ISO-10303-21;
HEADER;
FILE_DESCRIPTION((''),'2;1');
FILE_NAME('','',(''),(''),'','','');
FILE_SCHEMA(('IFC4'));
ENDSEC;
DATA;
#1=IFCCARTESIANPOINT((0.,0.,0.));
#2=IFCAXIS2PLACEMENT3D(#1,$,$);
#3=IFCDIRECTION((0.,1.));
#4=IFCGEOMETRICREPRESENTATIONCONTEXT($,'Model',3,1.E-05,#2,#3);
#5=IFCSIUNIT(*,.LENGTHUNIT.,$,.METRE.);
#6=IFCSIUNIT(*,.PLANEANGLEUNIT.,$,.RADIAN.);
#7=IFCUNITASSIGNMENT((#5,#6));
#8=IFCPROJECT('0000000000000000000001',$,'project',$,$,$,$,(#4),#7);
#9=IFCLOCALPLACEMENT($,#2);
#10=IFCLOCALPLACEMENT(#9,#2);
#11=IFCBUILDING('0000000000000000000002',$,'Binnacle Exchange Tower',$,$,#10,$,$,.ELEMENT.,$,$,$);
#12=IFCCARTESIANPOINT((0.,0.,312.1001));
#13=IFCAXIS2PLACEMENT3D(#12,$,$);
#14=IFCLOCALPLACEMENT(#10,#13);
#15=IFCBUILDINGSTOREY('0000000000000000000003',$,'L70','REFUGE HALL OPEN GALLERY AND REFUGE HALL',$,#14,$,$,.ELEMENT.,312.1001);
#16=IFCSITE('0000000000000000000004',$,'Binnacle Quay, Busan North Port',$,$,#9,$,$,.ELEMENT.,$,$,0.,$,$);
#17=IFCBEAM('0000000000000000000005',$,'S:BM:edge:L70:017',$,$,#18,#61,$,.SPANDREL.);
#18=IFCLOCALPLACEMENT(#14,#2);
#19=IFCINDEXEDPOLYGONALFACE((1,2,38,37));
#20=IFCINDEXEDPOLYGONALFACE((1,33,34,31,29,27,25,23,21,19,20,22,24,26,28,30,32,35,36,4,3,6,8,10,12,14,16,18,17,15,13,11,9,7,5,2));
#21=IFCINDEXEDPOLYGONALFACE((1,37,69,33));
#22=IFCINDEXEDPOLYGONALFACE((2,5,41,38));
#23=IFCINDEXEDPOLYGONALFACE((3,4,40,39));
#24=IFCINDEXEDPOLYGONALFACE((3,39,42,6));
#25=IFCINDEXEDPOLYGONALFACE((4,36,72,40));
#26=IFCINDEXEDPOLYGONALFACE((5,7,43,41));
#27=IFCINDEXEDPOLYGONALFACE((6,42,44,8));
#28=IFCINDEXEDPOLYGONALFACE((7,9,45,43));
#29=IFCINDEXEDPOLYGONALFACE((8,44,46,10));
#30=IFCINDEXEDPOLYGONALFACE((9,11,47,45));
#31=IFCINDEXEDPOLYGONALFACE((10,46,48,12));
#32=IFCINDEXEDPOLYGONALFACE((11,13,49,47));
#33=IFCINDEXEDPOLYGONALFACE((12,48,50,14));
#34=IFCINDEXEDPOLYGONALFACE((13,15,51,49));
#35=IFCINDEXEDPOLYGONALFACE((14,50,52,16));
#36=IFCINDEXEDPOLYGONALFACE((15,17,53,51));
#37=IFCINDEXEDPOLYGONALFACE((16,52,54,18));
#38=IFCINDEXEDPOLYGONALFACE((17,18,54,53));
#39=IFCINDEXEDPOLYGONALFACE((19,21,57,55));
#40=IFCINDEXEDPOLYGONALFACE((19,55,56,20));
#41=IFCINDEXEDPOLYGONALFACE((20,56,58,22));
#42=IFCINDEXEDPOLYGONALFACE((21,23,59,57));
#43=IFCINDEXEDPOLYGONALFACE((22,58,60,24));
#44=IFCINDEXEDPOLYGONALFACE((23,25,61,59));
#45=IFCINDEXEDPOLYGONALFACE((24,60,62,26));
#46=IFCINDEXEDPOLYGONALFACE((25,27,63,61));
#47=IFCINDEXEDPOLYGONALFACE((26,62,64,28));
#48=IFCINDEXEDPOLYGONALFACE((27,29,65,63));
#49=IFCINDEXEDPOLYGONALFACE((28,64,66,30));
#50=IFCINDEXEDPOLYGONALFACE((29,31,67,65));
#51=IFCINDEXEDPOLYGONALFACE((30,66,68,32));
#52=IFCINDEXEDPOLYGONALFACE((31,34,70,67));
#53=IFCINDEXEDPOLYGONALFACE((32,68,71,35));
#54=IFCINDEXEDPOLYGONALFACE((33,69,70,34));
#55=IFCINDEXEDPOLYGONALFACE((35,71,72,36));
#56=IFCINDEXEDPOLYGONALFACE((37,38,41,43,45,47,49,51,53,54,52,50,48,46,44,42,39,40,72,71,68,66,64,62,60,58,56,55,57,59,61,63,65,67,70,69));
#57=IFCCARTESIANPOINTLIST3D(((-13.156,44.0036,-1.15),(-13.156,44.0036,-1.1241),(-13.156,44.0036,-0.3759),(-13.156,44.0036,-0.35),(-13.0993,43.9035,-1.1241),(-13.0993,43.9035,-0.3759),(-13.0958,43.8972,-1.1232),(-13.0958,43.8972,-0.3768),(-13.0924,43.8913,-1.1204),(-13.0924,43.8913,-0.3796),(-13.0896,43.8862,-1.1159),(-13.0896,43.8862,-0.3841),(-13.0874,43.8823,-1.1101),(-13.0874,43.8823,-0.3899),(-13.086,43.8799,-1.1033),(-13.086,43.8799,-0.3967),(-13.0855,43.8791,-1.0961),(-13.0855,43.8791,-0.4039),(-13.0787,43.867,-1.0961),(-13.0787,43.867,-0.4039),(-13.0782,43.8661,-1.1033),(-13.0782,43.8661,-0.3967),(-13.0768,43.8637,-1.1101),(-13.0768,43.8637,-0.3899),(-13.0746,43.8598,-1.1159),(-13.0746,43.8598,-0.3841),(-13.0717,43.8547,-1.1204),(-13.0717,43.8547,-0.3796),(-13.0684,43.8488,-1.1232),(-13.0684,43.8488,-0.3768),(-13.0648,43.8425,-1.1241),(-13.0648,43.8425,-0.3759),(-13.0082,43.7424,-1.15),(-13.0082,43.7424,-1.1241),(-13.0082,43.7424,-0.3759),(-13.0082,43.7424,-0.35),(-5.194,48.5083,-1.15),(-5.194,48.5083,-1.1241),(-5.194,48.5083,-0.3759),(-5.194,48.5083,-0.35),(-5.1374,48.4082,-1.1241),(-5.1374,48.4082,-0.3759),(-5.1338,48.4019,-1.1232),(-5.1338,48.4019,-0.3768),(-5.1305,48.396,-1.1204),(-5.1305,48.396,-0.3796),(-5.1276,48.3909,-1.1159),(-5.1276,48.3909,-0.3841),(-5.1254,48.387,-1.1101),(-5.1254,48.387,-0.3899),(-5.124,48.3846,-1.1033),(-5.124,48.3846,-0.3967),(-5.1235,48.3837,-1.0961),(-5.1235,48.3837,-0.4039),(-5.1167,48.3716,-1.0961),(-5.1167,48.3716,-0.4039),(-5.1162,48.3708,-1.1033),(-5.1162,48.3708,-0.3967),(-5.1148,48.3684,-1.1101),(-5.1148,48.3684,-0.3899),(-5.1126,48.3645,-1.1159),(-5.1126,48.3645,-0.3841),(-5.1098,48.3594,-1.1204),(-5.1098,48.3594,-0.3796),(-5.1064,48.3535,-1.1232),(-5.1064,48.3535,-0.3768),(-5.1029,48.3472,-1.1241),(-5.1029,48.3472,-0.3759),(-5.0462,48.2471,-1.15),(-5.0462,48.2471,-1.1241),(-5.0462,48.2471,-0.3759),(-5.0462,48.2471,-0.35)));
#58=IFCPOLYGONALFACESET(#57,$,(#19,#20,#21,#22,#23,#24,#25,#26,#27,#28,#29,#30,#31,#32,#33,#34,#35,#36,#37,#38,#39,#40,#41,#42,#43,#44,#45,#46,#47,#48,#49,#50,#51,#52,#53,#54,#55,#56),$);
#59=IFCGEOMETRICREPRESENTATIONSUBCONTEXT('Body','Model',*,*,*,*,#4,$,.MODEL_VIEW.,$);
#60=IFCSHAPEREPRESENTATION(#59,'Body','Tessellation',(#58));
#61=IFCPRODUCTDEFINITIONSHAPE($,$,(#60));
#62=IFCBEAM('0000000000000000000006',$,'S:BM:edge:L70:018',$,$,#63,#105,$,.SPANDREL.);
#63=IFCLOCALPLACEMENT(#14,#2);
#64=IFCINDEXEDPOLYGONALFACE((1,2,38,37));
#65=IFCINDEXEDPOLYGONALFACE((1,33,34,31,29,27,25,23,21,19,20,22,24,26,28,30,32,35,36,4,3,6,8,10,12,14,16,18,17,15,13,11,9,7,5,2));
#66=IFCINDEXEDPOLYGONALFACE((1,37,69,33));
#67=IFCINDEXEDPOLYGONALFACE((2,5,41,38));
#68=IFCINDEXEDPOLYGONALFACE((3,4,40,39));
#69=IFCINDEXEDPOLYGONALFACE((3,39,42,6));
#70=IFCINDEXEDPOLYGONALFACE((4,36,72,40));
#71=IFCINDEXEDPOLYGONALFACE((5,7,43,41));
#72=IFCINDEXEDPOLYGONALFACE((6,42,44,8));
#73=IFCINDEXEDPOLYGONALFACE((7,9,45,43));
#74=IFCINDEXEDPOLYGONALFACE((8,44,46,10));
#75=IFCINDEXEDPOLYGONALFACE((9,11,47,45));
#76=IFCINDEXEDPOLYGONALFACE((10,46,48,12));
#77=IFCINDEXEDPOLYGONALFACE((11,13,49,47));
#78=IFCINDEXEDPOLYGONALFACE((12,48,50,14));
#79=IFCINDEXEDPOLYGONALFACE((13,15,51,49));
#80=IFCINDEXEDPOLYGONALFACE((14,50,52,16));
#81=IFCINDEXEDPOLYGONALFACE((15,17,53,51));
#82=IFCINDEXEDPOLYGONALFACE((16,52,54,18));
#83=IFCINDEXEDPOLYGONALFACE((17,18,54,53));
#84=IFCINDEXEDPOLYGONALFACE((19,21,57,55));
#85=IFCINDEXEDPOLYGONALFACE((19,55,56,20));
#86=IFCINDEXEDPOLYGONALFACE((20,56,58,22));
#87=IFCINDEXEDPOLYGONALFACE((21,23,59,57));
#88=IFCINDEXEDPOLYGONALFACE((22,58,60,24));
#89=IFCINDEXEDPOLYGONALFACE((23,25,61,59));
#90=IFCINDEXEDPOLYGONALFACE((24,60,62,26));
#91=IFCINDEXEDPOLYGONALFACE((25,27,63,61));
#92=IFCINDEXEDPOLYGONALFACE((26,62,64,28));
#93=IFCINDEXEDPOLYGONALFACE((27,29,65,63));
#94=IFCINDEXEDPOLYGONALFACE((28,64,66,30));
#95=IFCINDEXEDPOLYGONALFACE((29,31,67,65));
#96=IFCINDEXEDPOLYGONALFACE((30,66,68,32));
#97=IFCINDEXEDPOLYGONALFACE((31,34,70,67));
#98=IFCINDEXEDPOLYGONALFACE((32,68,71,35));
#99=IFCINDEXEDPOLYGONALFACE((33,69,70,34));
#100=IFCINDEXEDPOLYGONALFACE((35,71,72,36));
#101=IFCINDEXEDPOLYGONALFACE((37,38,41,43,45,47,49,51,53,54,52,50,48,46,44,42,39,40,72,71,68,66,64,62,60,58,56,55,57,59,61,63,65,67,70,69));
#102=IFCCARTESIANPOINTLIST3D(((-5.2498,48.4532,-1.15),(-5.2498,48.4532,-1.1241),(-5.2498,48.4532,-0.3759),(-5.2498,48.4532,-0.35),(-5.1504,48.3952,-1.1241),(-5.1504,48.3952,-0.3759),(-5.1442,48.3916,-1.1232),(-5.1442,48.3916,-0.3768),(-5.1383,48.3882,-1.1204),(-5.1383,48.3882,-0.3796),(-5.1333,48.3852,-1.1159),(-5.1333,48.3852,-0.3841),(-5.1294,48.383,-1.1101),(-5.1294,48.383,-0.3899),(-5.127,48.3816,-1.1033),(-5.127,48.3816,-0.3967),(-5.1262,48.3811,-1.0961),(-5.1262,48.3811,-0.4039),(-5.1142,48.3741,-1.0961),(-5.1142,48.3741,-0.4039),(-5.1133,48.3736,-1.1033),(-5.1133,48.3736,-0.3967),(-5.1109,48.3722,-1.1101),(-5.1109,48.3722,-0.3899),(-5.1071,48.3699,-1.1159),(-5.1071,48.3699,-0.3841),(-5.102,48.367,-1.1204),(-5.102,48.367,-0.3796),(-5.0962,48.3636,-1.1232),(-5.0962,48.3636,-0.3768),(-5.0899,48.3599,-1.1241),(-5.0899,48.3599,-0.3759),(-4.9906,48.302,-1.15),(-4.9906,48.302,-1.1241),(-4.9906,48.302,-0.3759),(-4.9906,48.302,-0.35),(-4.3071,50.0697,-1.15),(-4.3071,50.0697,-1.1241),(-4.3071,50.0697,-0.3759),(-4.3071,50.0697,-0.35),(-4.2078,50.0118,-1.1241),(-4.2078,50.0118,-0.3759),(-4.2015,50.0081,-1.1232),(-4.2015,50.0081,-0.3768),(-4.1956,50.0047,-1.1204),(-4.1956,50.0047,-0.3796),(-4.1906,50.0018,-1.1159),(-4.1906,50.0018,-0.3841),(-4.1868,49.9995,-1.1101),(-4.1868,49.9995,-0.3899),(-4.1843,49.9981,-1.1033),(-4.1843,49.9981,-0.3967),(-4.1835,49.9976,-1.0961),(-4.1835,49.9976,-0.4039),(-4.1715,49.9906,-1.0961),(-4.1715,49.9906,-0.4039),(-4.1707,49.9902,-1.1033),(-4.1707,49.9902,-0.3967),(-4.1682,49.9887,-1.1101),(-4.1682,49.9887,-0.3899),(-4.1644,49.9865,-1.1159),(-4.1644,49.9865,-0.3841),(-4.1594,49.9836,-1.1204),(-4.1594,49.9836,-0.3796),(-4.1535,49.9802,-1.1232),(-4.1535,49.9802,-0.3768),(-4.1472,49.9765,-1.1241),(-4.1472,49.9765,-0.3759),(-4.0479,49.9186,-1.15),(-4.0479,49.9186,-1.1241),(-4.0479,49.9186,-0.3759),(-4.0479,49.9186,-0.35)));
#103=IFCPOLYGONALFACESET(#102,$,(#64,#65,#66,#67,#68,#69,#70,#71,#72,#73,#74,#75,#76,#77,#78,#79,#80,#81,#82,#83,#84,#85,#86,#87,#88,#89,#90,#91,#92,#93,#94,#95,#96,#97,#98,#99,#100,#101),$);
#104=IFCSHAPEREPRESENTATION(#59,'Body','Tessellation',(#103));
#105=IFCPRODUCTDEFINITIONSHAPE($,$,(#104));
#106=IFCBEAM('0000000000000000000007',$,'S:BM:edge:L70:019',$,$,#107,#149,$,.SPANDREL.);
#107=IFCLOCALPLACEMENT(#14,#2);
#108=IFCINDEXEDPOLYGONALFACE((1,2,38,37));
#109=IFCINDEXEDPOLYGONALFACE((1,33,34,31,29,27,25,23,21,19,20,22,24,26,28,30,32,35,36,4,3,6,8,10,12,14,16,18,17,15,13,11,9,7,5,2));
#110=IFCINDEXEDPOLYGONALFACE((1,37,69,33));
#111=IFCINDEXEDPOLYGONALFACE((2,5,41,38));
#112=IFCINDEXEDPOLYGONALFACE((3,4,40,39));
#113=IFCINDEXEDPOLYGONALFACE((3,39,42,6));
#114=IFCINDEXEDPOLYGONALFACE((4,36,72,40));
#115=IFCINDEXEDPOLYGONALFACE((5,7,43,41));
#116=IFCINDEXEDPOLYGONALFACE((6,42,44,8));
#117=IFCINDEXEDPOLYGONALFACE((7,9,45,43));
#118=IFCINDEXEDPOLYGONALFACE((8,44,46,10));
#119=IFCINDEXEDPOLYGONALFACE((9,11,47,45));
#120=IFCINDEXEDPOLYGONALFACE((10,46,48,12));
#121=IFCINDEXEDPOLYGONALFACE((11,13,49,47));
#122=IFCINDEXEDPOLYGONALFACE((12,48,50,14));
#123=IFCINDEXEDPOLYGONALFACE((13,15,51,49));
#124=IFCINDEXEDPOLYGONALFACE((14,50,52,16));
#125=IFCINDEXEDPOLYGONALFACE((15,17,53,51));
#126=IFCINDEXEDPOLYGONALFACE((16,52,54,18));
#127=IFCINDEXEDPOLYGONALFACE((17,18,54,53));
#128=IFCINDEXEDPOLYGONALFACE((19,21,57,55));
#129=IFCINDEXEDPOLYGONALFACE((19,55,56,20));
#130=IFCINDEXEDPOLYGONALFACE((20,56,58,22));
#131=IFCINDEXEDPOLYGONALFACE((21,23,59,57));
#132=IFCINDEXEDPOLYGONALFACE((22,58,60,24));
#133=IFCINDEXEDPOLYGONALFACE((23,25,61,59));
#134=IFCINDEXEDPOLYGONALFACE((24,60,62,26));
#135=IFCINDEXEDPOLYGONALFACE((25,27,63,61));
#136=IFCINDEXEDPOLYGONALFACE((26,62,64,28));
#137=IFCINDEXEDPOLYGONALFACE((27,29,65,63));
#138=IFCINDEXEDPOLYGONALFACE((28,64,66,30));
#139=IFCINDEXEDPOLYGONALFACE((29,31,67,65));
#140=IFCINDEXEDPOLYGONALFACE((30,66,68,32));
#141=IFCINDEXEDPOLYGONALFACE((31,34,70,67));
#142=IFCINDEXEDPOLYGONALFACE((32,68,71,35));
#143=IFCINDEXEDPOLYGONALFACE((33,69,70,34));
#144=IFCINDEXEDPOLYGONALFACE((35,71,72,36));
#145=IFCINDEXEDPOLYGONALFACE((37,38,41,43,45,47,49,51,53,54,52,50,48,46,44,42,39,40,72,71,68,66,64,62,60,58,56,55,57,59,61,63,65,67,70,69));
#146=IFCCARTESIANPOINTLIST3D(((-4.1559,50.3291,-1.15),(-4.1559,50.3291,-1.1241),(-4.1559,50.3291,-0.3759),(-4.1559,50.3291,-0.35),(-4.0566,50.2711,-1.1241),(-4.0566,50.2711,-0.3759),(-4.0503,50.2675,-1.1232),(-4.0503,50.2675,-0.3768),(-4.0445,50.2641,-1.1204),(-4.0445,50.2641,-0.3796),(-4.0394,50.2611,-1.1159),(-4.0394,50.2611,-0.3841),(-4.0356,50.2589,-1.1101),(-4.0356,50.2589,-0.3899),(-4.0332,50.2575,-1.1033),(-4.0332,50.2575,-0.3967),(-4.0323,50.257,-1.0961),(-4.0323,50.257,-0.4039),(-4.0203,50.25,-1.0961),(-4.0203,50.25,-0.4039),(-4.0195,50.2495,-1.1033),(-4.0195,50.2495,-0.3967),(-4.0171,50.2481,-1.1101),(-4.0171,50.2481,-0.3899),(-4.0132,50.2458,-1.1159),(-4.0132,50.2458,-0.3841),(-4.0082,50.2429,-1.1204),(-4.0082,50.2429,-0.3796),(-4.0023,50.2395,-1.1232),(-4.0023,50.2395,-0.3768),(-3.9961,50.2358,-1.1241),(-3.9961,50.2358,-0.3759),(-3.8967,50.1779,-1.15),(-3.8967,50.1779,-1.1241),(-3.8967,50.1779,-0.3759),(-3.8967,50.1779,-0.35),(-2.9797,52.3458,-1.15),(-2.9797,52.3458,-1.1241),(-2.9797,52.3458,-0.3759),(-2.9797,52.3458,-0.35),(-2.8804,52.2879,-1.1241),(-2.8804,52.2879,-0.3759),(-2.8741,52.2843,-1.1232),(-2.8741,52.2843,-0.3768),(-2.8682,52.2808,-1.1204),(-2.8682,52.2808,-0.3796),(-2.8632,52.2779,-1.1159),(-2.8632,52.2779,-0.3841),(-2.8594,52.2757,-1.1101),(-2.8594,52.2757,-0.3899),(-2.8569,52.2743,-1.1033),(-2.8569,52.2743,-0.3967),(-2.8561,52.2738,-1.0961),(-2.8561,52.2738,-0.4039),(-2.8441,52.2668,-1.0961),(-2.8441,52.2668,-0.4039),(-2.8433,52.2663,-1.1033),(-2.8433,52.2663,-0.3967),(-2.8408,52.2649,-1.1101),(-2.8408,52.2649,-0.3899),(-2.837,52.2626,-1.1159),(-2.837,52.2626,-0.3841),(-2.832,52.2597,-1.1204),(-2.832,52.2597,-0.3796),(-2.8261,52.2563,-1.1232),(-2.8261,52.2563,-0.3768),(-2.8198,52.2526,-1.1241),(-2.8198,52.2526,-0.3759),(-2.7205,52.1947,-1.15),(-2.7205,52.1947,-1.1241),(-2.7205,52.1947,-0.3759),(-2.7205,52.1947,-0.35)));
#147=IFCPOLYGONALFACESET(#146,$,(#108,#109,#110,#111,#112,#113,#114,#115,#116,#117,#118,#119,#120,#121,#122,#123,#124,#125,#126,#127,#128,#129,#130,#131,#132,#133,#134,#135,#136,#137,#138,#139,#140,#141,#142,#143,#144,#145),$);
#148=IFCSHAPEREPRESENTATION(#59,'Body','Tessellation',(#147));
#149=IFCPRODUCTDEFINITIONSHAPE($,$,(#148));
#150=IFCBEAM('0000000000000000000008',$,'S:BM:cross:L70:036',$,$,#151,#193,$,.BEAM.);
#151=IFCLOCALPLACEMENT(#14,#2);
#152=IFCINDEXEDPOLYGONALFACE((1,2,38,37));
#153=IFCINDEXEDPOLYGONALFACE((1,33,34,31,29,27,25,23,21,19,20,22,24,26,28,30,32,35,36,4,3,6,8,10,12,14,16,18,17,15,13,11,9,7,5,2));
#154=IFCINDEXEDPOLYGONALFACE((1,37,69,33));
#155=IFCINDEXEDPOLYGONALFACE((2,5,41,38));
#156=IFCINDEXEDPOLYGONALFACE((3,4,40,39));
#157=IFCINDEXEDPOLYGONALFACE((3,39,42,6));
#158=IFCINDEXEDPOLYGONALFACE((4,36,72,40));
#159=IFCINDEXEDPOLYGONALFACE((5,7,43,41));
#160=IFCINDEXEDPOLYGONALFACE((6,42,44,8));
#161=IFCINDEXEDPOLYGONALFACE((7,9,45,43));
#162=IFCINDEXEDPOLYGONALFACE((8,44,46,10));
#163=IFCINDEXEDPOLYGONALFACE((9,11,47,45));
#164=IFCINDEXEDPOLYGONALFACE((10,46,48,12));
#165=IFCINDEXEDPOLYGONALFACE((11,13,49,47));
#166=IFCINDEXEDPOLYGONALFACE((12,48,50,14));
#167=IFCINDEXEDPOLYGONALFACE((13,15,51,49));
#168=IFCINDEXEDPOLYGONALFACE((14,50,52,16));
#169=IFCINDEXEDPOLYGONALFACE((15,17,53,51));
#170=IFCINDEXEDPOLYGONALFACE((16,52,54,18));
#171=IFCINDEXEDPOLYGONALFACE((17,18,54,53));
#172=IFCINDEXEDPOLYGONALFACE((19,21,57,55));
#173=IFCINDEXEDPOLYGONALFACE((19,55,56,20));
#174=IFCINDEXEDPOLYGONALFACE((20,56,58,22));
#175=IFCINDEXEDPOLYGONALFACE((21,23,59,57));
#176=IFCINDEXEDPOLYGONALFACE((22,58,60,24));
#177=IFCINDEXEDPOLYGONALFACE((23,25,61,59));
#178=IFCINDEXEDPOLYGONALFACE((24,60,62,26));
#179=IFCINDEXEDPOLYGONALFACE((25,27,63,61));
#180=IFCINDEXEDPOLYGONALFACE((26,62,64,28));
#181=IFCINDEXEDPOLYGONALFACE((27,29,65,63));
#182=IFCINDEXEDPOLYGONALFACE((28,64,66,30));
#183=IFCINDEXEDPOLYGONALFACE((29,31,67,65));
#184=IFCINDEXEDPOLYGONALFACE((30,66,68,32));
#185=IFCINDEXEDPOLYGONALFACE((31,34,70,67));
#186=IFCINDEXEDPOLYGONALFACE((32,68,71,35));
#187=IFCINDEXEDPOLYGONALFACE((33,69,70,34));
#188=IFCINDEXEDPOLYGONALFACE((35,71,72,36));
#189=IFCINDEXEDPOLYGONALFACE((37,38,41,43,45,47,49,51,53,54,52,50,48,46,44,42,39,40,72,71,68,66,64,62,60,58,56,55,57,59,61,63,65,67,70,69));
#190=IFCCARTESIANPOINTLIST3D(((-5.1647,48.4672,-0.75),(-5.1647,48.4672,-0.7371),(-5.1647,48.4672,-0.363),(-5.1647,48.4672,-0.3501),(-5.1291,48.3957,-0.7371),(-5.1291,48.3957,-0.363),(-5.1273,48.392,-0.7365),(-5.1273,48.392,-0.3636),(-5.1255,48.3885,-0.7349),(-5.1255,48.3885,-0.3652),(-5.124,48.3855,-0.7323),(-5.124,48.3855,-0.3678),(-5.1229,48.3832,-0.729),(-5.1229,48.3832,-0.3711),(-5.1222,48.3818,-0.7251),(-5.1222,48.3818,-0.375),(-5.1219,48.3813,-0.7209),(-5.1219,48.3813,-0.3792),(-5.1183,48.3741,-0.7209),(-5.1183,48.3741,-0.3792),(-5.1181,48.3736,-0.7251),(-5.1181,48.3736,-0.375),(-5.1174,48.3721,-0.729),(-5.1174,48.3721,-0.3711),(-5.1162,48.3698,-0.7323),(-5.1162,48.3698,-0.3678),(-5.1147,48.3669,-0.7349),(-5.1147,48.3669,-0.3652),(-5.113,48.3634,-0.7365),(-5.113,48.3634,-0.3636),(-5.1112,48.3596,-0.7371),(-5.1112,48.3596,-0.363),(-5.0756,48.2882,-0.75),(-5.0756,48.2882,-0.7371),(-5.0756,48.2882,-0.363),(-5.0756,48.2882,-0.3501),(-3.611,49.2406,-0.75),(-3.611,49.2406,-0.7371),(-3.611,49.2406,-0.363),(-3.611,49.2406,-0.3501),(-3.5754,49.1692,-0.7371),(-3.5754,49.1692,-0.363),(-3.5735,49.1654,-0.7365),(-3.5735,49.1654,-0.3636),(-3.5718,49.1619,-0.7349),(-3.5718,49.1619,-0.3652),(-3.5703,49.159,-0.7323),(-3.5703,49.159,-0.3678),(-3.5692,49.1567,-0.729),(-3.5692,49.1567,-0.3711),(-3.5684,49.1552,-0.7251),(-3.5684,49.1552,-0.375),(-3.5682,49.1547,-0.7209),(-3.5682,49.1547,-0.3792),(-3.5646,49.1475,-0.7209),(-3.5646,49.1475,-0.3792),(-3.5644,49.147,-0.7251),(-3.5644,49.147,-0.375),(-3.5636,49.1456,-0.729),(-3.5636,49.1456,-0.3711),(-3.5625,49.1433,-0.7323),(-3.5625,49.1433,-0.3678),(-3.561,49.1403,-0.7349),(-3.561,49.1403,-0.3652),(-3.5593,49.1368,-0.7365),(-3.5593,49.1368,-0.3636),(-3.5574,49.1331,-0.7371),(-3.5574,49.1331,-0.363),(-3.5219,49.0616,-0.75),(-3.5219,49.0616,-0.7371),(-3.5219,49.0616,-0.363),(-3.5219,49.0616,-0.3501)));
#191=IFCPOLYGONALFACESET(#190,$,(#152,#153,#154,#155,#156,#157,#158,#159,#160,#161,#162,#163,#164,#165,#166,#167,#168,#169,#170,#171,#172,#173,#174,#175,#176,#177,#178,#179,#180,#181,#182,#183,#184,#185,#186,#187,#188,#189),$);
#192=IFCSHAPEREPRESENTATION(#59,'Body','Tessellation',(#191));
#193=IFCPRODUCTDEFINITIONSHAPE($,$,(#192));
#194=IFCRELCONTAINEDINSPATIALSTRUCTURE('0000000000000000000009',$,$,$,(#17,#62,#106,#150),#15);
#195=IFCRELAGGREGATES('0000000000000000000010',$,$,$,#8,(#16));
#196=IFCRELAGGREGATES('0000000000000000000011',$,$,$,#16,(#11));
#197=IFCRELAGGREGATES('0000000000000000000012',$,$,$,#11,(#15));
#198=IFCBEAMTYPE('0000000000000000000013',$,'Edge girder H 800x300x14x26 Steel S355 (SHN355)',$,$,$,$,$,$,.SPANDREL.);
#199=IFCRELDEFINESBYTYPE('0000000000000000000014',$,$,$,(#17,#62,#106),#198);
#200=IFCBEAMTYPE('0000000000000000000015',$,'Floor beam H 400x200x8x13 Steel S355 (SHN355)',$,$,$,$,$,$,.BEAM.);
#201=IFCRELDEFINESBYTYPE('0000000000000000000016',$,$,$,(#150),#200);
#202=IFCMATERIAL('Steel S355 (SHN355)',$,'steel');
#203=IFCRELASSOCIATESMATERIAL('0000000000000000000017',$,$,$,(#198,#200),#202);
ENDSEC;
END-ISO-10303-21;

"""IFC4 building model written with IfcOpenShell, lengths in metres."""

from ifc_helpers import new_model, si_unit, direction, frame, origin, origin_2d, place, context, subcontext, project, spatial, i_section, extrude, material, material_profile, profile_set, type_object, element, save


model = new_model("IFC4")

# Units and contexts
model_context = context("Model", 3, precision=1e-05, world=origin(), true_north=direction((0.0, 1.0)))
body_context = subcontext(model_context, "Body", "Model", "MODEL_VIEW")
ifc_project = project(units=[si_unit("LENGTHUNIT", "METRE"), si_unit("PLANEANGLEUNIT", "RADIAN")], contexts=[model_context])

# Site, building, storey
site_placement = place(None, origin())
site = spatial("IfcSite", under=ifc_project, at=site_placement, Name="Binnacle Quay, Busan North Port", CompositionType="ELEMENT", RefElevation=0.0)
building_placement = place(site_placement, origin())
building = spatial("IfcBuilding", under=site, at=building_placement, Name="Binnacle Exchange Tower", CompositionType="ELEMENT")
storey_placement = place(building_placement, frame((0.0, 0.0, 312.1001)))
storey = spatial("IfcBuildingStorey", under=building, at=storey_placement, Name="L70", Description="REFUGE HALL OPEN GALLERY AND REFUGE HALL", CompositionType="ELEMENT", Elevation=312.1001)

# Shared definitions
ifc_material_1 = material(Name="Steel S355 (SHN355)", Category="steel")

# Beams
ifc_material_profile_1 = material_profile(ifc_material_1, i_section(OverallWidth=0.3, OverallDepth=0.8, WebThickness=0.0139, FlangeThickness=0.0259, FilletRadius=0.0281, at=origin_2d()), Name="H 800x300x14x26")
ifc_profile_set_1 = profile_set([ifc_material_profile_1], Name="Steel S355 (SHN355)")
beam_type_1 = type_object("IfcBeamType", Name="Edge girder H 800x300x14x26 Steel S355 (SHN355)", PredefinedType="SPANDREL", material=ifc_profile_set_1)
beam_1_placement = place(storey_placement, frame((-5.1201, 48.3777, -0.75), z_axis=(-0.870355, -0.492424, 0.0), x_axis=(0.492424, -0.870355, 0.0)))
element("IfcBeam", 1, at=beam_1_placement, inside=storey, type_object=beam_type_1, Name="S:BM:edge:L70:017", PredefinedType="SPANDREL", context=body_context, shape_type="SweptSolid", body=[
    extrude(i_section(OverallWidth=0.3, OverallDepth=0.8, WebThickness=0.0139, FlangeThickness=0.0259, FilletRadius=0.0281, at=origin_2d()), origin(), (0.0, 0.0, 1.0), 9.1479),
])
beam_2_placement = place(storey_placement, frame((-4.1775, 49.9941, -0.75), z_axis=(-0.503749, -0.86385, 0.0), x_axis=(0.86385, -0.503749, 0.0)))
element("IfcBeam", 2, at=beam_2_placement, inside=storey, type_object=beam_type_1, Name="S:BM:edge:L70:018", PredefinedType="SPANDREL", context=body_context, shape_type="SweptSolid", body=[
    extrude(i_section(OverallWidth=0.3, OverallDepth=0.8, WebThickness=0.0139, FlangeThickness=0.0259, FilletRadius=0.0281, at=origin_2d()), origin(), (0.0, 0.0, 1.0), 1.8713),
])
beam_3_placement = place(storey_placement, frame((-2.8501, 52.2703, -0.75), z_axis=(-0.5038, -0.863821, 0.0), x_axis=(0.863821, -0.5038, 0.0)))
element("IfcBeam", 3, at=beam_3_placement, inside=storey, type_object=beam_type_1, Name="S:BM:edge:L70:019", PredefinedType="SPANDREL", context=body_context, shape_type="SweptSolid", body=[
    extrude(i_section(OverallWidth=0.3, OverallDepth=0.8, WebThickness=0.0139, FlangeThickness=0.0259, FilletRadius=0.0281, at=origin_2d()), origin(), (0.0, 0.0, 1.0), 2.3347),
])
ifc_material_profile_2 = material_profile(ifc_material_1, i_section(OverallWidth=0.2, OverallDepth=0.3999, WebThickness=0.0081, FlangeThickness=0.0129, FilletRadius=0.0161, at=origin_2d()), Name="H 400x200x8x13")
ifc_profile_set_2 = profile_set([ifc_material_profile_2], Name="Steel S355 (SHN355)")
beam_type_2 = type_object("IfcBeamType", Name="Floor beam H 400x200x8x13 Steel S355 (SHN355)", PredefinedType="BEAM", material=ifc_profile_set_2)
beam_4_placement = place(storey_placement, frame((-3.5664, 49.1511, -0.55), z_axis=(-0.895214, -0.445637, 0.0), x_axis=(0.445637, -0.895214, 0.0)))
element("IfcBeam", 4, at=beam_4_placement, inside=storey, type_object=beam_type_2, Name="S:BM:cross:L70:036", PredefinedType="BEAM", context=body_context, shape_type="SweptSolid", body=[
    extrude(i_section(OverallWidth=0.2, OverallDepth=0.3999, WebThickness=0.0081, FlangeThickness=0.0129, FilletRadius=0.0161, at=origin_2d()), origin(), (0.0, 0.0, 1.0), 1.7356),
])

save(model, "model.ifc")
